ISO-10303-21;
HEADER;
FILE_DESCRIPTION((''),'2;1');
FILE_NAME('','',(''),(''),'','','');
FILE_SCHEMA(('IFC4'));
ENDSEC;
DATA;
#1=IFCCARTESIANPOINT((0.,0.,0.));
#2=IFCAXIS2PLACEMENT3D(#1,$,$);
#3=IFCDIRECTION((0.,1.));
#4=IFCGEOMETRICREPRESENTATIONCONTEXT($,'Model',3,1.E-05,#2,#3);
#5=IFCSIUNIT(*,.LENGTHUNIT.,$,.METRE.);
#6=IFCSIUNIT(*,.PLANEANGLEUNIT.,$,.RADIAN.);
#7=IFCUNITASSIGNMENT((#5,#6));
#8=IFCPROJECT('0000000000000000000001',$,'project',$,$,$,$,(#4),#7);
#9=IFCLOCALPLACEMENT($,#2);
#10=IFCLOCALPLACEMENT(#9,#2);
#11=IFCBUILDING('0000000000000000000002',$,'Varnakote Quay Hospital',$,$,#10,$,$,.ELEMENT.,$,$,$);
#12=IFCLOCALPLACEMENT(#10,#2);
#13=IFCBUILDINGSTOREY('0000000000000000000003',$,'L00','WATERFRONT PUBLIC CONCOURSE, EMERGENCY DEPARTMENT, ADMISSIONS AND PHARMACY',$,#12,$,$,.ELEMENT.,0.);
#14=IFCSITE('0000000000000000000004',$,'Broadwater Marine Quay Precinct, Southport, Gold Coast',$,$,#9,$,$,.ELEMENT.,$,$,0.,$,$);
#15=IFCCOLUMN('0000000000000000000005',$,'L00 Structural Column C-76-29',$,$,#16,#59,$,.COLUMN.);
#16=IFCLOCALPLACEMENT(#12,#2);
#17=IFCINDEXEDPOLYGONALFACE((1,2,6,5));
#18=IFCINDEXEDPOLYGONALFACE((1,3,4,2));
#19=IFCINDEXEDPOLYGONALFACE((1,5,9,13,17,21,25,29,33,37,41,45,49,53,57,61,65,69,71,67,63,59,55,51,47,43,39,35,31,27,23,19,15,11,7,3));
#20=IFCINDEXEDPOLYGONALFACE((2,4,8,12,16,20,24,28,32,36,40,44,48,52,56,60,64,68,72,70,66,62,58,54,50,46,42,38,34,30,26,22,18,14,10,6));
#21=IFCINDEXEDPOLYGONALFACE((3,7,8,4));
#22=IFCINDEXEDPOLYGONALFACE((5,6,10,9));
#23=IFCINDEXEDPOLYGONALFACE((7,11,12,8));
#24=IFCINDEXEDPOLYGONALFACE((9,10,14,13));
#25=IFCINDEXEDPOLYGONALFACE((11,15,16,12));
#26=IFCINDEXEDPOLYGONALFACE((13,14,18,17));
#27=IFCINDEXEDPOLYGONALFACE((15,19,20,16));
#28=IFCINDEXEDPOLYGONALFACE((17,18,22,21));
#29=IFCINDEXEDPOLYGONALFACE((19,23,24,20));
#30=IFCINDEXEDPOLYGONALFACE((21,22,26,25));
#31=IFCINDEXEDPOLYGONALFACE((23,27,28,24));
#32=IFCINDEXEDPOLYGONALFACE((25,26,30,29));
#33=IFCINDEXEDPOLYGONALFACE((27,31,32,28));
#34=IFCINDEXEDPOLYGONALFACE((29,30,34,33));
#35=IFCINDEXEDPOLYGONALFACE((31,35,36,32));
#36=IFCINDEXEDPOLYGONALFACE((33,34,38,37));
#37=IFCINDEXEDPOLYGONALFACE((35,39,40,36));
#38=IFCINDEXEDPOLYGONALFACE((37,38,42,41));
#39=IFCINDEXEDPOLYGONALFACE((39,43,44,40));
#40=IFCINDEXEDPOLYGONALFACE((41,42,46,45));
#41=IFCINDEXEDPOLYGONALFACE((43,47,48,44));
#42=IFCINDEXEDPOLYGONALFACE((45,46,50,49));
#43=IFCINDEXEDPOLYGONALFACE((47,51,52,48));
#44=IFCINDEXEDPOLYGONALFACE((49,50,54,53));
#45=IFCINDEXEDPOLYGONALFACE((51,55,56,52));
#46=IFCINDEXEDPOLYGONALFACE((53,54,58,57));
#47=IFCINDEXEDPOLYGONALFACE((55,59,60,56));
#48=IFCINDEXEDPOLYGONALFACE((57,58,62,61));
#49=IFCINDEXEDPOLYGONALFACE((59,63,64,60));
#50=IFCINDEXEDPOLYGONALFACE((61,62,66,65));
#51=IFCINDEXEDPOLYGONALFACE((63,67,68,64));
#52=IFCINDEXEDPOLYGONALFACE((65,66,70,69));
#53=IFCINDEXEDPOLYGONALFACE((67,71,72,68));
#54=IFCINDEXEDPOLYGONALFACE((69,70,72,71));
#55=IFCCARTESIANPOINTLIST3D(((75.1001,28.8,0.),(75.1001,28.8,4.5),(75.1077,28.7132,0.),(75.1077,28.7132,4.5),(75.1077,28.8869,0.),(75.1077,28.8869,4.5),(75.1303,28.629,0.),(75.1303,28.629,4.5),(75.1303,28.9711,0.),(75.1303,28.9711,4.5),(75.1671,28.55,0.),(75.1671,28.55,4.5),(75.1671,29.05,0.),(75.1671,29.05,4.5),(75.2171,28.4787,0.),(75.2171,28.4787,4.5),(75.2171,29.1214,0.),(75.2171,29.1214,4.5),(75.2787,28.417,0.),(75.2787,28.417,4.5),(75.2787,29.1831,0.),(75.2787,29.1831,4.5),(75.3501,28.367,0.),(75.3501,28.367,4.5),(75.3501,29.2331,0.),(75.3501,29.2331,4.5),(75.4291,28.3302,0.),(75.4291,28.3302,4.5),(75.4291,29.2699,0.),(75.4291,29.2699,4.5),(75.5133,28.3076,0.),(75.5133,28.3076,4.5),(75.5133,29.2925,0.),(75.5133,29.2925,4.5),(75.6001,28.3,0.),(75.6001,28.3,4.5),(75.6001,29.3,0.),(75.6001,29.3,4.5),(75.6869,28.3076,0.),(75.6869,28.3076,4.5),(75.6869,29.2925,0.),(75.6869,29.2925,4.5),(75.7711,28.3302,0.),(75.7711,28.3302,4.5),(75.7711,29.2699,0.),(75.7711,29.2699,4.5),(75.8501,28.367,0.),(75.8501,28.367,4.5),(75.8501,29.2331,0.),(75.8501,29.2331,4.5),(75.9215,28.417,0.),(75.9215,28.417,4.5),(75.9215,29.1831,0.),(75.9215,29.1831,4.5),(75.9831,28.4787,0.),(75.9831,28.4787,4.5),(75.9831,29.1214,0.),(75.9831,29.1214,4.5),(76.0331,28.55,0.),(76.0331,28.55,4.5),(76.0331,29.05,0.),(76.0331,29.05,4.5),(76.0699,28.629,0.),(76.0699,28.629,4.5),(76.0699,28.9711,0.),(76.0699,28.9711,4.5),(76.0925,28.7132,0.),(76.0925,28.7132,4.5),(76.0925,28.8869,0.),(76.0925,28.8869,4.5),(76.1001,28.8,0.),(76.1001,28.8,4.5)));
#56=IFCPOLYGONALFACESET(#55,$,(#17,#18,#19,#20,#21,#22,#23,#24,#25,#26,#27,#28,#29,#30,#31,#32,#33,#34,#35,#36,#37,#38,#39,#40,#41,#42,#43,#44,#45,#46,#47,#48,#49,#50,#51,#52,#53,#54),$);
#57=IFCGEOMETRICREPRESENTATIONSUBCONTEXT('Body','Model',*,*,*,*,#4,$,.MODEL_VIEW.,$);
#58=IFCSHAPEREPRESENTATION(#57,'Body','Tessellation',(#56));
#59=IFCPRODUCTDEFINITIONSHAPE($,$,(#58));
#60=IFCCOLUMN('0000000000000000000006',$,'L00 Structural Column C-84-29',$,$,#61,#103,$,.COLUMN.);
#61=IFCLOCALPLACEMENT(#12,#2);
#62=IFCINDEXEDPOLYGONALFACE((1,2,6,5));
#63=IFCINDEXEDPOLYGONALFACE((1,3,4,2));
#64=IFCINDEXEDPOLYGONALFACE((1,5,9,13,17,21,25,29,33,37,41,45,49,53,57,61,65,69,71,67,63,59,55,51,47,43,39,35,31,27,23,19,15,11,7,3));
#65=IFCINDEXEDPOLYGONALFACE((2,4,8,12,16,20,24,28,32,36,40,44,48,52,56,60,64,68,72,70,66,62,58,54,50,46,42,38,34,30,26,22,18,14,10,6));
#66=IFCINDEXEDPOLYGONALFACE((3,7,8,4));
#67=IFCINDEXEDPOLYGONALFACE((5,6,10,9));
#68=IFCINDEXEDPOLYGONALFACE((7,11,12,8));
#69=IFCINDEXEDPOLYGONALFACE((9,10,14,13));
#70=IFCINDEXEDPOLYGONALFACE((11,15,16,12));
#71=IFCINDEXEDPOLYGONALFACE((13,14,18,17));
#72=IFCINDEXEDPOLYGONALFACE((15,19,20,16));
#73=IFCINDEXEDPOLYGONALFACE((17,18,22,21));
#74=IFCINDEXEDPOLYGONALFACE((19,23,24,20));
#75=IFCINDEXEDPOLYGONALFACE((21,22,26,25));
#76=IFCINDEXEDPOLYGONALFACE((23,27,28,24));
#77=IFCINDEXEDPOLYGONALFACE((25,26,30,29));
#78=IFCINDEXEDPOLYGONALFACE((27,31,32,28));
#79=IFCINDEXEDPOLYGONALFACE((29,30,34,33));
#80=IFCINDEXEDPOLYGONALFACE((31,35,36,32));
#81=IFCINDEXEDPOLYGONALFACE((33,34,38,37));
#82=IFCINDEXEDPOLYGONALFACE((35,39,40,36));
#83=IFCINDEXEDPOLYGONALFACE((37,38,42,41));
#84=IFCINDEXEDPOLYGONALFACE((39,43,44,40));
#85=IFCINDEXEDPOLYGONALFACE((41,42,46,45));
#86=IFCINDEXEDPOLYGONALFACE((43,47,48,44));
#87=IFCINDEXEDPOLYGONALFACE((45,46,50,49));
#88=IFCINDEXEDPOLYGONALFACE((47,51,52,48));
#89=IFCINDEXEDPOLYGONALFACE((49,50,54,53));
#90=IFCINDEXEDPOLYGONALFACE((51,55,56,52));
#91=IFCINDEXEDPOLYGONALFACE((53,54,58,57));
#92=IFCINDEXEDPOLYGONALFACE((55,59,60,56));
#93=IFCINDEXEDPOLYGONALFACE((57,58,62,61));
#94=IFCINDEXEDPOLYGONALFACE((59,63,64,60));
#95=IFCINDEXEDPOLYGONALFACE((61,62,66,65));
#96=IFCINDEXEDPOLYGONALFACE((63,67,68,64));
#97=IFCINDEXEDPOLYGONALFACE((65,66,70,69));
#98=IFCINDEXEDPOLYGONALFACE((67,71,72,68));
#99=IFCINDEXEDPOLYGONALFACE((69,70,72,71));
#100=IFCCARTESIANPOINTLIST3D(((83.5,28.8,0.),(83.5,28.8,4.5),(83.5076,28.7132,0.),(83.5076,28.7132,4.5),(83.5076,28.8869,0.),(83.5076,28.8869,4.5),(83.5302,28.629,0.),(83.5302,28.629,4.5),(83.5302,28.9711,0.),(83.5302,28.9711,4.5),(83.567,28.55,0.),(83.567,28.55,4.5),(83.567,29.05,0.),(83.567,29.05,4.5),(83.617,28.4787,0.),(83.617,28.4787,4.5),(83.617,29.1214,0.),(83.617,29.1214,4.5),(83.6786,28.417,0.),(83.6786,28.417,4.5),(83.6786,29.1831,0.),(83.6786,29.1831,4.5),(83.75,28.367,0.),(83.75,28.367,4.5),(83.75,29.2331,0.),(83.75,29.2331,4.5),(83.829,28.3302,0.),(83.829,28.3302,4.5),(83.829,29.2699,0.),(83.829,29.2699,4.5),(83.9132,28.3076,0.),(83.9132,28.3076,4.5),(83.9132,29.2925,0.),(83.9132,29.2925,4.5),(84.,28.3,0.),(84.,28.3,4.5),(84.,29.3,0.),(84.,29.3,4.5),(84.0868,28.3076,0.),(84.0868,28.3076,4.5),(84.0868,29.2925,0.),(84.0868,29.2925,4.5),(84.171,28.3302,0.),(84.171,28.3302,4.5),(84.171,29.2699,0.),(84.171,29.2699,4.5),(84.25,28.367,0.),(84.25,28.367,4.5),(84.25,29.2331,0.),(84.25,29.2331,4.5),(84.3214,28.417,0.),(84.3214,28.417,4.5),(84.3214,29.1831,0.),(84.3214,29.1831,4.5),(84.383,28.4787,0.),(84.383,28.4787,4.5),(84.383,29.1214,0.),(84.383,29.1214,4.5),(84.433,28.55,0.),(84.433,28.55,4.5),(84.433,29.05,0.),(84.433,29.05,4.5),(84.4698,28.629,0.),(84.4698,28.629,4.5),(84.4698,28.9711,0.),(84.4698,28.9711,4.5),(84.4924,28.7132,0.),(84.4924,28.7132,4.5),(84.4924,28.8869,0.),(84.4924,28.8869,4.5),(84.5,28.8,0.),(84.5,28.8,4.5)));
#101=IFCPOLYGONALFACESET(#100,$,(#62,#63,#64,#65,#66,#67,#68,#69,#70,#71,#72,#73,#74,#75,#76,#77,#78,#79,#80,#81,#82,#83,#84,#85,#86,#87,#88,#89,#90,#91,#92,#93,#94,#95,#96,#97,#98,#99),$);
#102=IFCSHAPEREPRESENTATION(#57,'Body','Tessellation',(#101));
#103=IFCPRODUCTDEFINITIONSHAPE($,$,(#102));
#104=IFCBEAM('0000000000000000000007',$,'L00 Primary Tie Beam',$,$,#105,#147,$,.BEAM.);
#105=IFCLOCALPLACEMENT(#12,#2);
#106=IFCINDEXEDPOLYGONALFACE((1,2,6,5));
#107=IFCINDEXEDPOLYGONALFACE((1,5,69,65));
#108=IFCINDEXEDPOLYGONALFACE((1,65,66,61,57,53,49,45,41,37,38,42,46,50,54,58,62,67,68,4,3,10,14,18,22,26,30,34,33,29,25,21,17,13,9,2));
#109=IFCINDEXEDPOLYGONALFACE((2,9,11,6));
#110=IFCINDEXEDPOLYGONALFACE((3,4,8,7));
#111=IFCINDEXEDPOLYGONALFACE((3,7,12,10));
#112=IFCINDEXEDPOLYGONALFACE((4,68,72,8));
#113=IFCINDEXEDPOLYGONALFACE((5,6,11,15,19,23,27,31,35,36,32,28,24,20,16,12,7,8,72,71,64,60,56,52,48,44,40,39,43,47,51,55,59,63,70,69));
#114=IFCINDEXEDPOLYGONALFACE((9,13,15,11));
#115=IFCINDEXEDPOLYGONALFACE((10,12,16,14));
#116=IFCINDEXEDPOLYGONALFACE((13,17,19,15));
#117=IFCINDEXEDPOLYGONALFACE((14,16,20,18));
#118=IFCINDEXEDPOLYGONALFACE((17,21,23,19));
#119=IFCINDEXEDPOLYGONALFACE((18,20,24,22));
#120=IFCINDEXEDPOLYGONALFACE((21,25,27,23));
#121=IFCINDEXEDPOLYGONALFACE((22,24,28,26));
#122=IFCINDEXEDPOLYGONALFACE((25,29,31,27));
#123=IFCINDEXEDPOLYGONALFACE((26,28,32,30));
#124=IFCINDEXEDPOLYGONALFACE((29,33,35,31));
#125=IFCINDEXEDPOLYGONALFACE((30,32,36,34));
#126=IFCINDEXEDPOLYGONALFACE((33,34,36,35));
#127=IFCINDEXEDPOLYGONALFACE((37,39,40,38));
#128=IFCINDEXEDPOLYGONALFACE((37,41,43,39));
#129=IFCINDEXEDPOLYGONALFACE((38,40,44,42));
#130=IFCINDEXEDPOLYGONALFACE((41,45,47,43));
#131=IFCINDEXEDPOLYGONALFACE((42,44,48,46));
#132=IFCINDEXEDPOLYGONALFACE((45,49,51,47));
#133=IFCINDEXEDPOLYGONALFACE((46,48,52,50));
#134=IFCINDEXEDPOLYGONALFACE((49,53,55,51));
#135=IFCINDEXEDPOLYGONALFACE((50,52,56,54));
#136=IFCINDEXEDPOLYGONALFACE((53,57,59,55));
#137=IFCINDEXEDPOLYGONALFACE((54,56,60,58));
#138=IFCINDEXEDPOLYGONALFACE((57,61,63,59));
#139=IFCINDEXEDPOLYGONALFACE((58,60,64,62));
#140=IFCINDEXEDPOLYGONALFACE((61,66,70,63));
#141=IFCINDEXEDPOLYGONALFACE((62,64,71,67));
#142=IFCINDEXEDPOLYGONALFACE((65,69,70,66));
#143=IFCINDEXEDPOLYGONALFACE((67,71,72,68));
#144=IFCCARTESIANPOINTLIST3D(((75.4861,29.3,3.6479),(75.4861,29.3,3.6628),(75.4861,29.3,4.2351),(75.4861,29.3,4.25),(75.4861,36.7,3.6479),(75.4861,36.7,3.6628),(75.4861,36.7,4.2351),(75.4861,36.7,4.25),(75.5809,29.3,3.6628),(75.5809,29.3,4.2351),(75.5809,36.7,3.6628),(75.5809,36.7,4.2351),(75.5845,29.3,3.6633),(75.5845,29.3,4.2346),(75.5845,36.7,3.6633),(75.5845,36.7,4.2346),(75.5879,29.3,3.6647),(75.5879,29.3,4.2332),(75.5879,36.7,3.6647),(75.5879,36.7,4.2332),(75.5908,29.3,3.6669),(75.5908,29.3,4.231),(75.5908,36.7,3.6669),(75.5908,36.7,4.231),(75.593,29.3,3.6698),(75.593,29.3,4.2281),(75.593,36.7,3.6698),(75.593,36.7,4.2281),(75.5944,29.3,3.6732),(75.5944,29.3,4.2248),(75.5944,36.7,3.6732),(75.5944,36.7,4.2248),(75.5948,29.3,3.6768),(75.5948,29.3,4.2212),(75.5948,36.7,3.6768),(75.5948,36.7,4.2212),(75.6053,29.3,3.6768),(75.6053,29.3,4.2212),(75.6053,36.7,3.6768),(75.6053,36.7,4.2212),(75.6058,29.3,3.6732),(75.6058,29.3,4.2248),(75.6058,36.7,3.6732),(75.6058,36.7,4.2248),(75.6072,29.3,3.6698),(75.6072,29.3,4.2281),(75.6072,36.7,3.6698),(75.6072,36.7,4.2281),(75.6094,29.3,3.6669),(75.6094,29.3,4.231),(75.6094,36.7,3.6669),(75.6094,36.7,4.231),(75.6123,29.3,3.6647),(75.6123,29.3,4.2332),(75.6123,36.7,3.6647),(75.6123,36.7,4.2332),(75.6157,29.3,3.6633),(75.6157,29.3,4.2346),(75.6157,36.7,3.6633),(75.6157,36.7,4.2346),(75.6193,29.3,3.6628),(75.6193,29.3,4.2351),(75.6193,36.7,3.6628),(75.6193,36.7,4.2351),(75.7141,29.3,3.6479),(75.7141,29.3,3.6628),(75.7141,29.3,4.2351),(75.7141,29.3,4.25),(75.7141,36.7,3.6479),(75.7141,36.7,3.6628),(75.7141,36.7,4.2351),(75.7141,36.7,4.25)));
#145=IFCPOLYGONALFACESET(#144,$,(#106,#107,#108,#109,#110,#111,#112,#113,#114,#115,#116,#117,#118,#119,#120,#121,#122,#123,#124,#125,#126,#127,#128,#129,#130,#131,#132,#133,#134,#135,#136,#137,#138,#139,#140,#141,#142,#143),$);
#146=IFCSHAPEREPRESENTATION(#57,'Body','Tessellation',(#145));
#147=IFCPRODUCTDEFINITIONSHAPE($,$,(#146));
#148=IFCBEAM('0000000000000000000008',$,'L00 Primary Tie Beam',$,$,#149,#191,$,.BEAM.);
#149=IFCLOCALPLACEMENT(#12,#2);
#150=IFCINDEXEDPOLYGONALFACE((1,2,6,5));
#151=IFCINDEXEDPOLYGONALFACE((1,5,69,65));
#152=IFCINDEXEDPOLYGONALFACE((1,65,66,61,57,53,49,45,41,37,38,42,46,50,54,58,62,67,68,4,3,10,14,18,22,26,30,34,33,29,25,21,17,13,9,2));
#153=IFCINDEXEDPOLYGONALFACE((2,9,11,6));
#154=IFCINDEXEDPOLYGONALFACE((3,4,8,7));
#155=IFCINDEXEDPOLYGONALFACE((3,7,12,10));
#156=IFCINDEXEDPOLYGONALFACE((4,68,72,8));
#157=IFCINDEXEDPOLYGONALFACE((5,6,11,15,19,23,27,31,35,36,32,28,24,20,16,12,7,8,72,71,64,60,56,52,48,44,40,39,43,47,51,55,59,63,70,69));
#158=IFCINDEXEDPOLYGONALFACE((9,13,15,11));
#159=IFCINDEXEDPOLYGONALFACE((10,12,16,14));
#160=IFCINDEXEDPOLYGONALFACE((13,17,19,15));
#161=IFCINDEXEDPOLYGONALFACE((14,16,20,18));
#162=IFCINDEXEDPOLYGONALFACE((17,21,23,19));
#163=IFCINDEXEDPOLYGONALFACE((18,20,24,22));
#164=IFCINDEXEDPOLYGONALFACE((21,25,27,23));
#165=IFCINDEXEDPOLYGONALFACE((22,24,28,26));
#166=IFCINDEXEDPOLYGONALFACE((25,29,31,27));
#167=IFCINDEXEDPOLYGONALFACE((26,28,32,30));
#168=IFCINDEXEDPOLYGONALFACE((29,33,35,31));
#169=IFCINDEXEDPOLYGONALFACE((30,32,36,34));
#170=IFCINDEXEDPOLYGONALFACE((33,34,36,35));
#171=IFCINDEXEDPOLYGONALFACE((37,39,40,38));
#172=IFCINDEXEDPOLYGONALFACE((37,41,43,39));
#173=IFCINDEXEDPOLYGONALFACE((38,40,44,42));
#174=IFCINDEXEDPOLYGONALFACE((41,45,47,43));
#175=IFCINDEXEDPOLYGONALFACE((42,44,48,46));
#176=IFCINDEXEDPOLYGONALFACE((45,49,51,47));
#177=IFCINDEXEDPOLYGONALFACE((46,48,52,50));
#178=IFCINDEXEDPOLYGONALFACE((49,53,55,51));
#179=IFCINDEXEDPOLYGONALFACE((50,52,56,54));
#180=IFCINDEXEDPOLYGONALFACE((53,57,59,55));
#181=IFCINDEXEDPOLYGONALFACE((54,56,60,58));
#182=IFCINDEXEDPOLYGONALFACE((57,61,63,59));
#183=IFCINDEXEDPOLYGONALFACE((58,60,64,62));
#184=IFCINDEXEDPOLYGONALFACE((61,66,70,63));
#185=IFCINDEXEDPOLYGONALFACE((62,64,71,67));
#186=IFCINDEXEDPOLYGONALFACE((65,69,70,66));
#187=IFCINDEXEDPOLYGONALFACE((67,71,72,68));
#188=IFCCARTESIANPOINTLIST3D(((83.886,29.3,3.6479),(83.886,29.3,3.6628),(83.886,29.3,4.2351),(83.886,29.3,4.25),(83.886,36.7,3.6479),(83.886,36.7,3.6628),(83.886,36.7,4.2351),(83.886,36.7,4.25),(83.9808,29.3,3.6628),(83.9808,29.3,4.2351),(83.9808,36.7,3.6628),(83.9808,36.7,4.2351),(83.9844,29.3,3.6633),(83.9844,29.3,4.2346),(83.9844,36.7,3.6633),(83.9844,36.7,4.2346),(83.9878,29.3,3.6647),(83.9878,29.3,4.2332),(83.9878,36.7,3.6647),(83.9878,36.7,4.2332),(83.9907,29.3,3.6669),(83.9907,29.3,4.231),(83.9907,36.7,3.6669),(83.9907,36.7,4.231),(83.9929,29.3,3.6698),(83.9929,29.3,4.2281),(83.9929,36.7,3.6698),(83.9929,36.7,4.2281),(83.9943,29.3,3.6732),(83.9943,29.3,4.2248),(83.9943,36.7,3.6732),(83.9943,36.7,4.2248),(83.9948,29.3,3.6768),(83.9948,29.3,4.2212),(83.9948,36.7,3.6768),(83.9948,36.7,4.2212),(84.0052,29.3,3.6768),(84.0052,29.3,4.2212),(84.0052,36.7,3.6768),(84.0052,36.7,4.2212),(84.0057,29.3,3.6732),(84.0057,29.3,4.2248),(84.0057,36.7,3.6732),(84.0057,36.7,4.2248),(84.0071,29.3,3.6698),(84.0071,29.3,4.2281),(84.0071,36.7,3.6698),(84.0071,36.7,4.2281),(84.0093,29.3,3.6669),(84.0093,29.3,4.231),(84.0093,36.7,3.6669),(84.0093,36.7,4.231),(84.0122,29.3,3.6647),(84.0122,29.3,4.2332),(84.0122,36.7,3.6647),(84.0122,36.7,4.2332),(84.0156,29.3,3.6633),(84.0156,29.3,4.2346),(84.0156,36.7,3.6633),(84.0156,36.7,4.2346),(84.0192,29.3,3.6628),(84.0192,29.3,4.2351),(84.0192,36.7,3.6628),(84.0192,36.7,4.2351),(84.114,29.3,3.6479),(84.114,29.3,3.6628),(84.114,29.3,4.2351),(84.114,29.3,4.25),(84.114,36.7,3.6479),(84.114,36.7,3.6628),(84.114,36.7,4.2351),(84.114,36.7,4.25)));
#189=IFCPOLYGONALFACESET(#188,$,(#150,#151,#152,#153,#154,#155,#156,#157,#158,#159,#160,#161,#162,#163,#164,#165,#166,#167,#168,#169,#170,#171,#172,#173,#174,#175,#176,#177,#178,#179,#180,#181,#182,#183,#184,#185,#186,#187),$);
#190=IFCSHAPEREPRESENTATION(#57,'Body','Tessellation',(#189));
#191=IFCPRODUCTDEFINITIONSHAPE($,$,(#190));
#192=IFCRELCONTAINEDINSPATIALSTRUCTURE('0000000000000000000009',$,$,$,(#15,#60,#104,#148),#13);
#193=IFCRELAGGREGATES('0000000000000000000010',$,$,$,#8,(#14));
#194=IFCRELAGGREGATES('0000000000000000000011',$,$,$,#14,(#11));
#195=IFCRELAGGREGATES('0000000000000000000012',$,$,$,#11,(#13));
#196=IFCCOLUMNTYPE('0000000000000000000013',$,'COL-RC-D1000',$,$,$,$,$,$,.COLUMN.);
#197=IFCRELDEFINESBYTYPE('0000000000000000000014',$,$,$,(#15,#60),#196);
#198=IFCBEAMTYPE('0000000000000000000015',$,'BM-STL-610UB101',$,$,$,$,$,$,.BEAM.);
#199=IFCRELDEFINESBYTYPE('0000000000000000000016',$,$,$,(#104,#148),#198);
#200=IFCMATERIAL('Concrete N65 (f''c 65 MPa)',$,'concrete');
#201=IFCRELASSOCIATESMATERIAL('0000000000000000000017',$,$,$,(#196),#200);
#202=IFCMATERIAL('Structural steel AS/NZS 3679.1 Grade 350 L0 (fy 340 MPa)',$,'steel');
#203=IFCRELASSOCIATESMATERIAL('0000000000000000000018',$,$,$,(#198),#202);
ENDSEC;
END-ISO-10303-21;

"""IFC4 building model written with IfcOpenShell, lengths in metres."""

from ifc_helpers import new_model, si_unit, direction, frame, origin, origin_2d, place, context, subcontext, project, spatial, circle, i_section, extrude, material, material_profile, profile_set, type_object, element, save


model = new_model("IFC4")

# Units and contexts
model_context = context("Model", 3, precision=1e-05, world=origin(), true_north=direction((0.0, 1.0)))
body_context = subcontext(model_context, "Body", "Model", "MODEL_VIEW")
ifc_project = project(units=[si_unit("LENGTHUNIT", "METRE"), si_unit("PLANEANGLEUNIT", "RADIAN")], contexts=[model_context])

# Site, building, storey
site_placement = place(None, origin())
site = spatial("IfcSite", under=ifc_project, at=site_placement, Name="Broadwater Marine Quay Precinct, Southport, Gold Coast", CompositionType="ELEMENT", RefElevation=0.0)
building_placement = place(site_placement, origin())
building = spatial("IfcBuilding", under=site, at=building_placement, Name="Varnakote Quay Hospital", CompositionType="ELEMENT")
storey_placement = place(building_placement, origin())
storey = spatial("IfcBuildingStorey", under=building, at=storey_placement, Name="L00", Description="WATERFRONT PUBLIC CONCOURSE, EMERGENCY DEPARTMENT, ADMISSIONS AND PHARMACY", CompositionType="ELEMENT", Elevation=0.0)

# Columns
ifc_material_1 = material(Name="Concrete N65 (f'c 65 MPa)", Category="concrete")
ifc_material_profile_1 = material_profile(ifc_material_1, circle(Radius=0.5, at=origin_2d()), Name="RC-COL-D1000")
ifc_profile_set_1 = profile_set([ifc_material_profile_1], Name="Concrete N65 (f'c 65 MPa)")
column_type = type_object("IfcColumnType", Name="COL-RC-D1000", PredefinedType="COLUMN", material=ifc_profile_set_1)
for number, where, z_axis, x_axis, name in (
    (1, (75.6001, 28.8, 0.0), (0.0, 0.0, 1.0), (1.0, 0.0, 0.0), "L00 Structural Column C-76-29"),
    (2, (84.0, 28.8, 0.0), (0.0, 0.0, 1.0), (1.0, 0.0, 0.0), "L00 Structural Column C-84-29"),
):
    element("IfcColumn", number, at=place(storey_placement, frame(where, z_axis=z_axis, x_axis=x_axis)), inside=storey, type_object=column_type, Name=name, PredefinedType="COLUMN", context=body_context, shape_type="SweptSolid", body=[
        extrude(circle(Radius=0.5, at=origin_2d()), origin(), (0.0, 0.0, 1.0), 4.5),
    ])

# Beams
ifc_material_2 = material(Name="Structural steel AS/NZS 3679.1 Grade 350 L0 (fy 340 MPa)", Category="steel")
ifc_material_profile_2 = material_profile(ifc_material_2, i_section(OverallWidth=0.228, OverallDepth=0.6021, WebThickness=0.0105, FlangeThickness=0.0149, FilletRadius=0.0139, at=origin_2d()), Name="610UB101")
ifc_profile_set_2 = profile_set([ifc_material_profile_2], Name="Structural steel AS/NZS 3679.1 Grade 350 L0 (fy 340 MPa)")
beam_type_1 = type_object("IfcBeamType", Name="BM-STL-610UB101", PredefinedType="BEAM", material=ifc_profile_set_2)
for number, where, z_axis, x_axis, name in (
    (3, (75.6001, 29.3, 3.949), (0.0, 1.0, 0.0), (-1.0, 0.0, 0.0), "L00 Primary Tie Beam"),
    (4, (84.0, 29.3, 3.949), (0.0, 1.0, 0.0), (-1.0, 0.0, 0.0), "L00 Primary Tie Beam"),
):
    element("IfcBeam", number, at=place(storey_placement, frame(where, z_axis=z_axis, x_axis=x_axis)), inside=storey, type_object=beam_type_1, Name=name, PredefinedType="BEAM", context=body_context, shape_type="SweptSolid", body=[
        extrude(i_section(OverallWidth=0.228, OverallDepth=0.6021, WebThickness=0.0105, FlangeThickness=0.0149, FilletRadius=0.0139, at=origin_2d()), origin(), (0.0, 0.0, 1.0), 7.3999),
    ])

save(model, "model.ifc")
